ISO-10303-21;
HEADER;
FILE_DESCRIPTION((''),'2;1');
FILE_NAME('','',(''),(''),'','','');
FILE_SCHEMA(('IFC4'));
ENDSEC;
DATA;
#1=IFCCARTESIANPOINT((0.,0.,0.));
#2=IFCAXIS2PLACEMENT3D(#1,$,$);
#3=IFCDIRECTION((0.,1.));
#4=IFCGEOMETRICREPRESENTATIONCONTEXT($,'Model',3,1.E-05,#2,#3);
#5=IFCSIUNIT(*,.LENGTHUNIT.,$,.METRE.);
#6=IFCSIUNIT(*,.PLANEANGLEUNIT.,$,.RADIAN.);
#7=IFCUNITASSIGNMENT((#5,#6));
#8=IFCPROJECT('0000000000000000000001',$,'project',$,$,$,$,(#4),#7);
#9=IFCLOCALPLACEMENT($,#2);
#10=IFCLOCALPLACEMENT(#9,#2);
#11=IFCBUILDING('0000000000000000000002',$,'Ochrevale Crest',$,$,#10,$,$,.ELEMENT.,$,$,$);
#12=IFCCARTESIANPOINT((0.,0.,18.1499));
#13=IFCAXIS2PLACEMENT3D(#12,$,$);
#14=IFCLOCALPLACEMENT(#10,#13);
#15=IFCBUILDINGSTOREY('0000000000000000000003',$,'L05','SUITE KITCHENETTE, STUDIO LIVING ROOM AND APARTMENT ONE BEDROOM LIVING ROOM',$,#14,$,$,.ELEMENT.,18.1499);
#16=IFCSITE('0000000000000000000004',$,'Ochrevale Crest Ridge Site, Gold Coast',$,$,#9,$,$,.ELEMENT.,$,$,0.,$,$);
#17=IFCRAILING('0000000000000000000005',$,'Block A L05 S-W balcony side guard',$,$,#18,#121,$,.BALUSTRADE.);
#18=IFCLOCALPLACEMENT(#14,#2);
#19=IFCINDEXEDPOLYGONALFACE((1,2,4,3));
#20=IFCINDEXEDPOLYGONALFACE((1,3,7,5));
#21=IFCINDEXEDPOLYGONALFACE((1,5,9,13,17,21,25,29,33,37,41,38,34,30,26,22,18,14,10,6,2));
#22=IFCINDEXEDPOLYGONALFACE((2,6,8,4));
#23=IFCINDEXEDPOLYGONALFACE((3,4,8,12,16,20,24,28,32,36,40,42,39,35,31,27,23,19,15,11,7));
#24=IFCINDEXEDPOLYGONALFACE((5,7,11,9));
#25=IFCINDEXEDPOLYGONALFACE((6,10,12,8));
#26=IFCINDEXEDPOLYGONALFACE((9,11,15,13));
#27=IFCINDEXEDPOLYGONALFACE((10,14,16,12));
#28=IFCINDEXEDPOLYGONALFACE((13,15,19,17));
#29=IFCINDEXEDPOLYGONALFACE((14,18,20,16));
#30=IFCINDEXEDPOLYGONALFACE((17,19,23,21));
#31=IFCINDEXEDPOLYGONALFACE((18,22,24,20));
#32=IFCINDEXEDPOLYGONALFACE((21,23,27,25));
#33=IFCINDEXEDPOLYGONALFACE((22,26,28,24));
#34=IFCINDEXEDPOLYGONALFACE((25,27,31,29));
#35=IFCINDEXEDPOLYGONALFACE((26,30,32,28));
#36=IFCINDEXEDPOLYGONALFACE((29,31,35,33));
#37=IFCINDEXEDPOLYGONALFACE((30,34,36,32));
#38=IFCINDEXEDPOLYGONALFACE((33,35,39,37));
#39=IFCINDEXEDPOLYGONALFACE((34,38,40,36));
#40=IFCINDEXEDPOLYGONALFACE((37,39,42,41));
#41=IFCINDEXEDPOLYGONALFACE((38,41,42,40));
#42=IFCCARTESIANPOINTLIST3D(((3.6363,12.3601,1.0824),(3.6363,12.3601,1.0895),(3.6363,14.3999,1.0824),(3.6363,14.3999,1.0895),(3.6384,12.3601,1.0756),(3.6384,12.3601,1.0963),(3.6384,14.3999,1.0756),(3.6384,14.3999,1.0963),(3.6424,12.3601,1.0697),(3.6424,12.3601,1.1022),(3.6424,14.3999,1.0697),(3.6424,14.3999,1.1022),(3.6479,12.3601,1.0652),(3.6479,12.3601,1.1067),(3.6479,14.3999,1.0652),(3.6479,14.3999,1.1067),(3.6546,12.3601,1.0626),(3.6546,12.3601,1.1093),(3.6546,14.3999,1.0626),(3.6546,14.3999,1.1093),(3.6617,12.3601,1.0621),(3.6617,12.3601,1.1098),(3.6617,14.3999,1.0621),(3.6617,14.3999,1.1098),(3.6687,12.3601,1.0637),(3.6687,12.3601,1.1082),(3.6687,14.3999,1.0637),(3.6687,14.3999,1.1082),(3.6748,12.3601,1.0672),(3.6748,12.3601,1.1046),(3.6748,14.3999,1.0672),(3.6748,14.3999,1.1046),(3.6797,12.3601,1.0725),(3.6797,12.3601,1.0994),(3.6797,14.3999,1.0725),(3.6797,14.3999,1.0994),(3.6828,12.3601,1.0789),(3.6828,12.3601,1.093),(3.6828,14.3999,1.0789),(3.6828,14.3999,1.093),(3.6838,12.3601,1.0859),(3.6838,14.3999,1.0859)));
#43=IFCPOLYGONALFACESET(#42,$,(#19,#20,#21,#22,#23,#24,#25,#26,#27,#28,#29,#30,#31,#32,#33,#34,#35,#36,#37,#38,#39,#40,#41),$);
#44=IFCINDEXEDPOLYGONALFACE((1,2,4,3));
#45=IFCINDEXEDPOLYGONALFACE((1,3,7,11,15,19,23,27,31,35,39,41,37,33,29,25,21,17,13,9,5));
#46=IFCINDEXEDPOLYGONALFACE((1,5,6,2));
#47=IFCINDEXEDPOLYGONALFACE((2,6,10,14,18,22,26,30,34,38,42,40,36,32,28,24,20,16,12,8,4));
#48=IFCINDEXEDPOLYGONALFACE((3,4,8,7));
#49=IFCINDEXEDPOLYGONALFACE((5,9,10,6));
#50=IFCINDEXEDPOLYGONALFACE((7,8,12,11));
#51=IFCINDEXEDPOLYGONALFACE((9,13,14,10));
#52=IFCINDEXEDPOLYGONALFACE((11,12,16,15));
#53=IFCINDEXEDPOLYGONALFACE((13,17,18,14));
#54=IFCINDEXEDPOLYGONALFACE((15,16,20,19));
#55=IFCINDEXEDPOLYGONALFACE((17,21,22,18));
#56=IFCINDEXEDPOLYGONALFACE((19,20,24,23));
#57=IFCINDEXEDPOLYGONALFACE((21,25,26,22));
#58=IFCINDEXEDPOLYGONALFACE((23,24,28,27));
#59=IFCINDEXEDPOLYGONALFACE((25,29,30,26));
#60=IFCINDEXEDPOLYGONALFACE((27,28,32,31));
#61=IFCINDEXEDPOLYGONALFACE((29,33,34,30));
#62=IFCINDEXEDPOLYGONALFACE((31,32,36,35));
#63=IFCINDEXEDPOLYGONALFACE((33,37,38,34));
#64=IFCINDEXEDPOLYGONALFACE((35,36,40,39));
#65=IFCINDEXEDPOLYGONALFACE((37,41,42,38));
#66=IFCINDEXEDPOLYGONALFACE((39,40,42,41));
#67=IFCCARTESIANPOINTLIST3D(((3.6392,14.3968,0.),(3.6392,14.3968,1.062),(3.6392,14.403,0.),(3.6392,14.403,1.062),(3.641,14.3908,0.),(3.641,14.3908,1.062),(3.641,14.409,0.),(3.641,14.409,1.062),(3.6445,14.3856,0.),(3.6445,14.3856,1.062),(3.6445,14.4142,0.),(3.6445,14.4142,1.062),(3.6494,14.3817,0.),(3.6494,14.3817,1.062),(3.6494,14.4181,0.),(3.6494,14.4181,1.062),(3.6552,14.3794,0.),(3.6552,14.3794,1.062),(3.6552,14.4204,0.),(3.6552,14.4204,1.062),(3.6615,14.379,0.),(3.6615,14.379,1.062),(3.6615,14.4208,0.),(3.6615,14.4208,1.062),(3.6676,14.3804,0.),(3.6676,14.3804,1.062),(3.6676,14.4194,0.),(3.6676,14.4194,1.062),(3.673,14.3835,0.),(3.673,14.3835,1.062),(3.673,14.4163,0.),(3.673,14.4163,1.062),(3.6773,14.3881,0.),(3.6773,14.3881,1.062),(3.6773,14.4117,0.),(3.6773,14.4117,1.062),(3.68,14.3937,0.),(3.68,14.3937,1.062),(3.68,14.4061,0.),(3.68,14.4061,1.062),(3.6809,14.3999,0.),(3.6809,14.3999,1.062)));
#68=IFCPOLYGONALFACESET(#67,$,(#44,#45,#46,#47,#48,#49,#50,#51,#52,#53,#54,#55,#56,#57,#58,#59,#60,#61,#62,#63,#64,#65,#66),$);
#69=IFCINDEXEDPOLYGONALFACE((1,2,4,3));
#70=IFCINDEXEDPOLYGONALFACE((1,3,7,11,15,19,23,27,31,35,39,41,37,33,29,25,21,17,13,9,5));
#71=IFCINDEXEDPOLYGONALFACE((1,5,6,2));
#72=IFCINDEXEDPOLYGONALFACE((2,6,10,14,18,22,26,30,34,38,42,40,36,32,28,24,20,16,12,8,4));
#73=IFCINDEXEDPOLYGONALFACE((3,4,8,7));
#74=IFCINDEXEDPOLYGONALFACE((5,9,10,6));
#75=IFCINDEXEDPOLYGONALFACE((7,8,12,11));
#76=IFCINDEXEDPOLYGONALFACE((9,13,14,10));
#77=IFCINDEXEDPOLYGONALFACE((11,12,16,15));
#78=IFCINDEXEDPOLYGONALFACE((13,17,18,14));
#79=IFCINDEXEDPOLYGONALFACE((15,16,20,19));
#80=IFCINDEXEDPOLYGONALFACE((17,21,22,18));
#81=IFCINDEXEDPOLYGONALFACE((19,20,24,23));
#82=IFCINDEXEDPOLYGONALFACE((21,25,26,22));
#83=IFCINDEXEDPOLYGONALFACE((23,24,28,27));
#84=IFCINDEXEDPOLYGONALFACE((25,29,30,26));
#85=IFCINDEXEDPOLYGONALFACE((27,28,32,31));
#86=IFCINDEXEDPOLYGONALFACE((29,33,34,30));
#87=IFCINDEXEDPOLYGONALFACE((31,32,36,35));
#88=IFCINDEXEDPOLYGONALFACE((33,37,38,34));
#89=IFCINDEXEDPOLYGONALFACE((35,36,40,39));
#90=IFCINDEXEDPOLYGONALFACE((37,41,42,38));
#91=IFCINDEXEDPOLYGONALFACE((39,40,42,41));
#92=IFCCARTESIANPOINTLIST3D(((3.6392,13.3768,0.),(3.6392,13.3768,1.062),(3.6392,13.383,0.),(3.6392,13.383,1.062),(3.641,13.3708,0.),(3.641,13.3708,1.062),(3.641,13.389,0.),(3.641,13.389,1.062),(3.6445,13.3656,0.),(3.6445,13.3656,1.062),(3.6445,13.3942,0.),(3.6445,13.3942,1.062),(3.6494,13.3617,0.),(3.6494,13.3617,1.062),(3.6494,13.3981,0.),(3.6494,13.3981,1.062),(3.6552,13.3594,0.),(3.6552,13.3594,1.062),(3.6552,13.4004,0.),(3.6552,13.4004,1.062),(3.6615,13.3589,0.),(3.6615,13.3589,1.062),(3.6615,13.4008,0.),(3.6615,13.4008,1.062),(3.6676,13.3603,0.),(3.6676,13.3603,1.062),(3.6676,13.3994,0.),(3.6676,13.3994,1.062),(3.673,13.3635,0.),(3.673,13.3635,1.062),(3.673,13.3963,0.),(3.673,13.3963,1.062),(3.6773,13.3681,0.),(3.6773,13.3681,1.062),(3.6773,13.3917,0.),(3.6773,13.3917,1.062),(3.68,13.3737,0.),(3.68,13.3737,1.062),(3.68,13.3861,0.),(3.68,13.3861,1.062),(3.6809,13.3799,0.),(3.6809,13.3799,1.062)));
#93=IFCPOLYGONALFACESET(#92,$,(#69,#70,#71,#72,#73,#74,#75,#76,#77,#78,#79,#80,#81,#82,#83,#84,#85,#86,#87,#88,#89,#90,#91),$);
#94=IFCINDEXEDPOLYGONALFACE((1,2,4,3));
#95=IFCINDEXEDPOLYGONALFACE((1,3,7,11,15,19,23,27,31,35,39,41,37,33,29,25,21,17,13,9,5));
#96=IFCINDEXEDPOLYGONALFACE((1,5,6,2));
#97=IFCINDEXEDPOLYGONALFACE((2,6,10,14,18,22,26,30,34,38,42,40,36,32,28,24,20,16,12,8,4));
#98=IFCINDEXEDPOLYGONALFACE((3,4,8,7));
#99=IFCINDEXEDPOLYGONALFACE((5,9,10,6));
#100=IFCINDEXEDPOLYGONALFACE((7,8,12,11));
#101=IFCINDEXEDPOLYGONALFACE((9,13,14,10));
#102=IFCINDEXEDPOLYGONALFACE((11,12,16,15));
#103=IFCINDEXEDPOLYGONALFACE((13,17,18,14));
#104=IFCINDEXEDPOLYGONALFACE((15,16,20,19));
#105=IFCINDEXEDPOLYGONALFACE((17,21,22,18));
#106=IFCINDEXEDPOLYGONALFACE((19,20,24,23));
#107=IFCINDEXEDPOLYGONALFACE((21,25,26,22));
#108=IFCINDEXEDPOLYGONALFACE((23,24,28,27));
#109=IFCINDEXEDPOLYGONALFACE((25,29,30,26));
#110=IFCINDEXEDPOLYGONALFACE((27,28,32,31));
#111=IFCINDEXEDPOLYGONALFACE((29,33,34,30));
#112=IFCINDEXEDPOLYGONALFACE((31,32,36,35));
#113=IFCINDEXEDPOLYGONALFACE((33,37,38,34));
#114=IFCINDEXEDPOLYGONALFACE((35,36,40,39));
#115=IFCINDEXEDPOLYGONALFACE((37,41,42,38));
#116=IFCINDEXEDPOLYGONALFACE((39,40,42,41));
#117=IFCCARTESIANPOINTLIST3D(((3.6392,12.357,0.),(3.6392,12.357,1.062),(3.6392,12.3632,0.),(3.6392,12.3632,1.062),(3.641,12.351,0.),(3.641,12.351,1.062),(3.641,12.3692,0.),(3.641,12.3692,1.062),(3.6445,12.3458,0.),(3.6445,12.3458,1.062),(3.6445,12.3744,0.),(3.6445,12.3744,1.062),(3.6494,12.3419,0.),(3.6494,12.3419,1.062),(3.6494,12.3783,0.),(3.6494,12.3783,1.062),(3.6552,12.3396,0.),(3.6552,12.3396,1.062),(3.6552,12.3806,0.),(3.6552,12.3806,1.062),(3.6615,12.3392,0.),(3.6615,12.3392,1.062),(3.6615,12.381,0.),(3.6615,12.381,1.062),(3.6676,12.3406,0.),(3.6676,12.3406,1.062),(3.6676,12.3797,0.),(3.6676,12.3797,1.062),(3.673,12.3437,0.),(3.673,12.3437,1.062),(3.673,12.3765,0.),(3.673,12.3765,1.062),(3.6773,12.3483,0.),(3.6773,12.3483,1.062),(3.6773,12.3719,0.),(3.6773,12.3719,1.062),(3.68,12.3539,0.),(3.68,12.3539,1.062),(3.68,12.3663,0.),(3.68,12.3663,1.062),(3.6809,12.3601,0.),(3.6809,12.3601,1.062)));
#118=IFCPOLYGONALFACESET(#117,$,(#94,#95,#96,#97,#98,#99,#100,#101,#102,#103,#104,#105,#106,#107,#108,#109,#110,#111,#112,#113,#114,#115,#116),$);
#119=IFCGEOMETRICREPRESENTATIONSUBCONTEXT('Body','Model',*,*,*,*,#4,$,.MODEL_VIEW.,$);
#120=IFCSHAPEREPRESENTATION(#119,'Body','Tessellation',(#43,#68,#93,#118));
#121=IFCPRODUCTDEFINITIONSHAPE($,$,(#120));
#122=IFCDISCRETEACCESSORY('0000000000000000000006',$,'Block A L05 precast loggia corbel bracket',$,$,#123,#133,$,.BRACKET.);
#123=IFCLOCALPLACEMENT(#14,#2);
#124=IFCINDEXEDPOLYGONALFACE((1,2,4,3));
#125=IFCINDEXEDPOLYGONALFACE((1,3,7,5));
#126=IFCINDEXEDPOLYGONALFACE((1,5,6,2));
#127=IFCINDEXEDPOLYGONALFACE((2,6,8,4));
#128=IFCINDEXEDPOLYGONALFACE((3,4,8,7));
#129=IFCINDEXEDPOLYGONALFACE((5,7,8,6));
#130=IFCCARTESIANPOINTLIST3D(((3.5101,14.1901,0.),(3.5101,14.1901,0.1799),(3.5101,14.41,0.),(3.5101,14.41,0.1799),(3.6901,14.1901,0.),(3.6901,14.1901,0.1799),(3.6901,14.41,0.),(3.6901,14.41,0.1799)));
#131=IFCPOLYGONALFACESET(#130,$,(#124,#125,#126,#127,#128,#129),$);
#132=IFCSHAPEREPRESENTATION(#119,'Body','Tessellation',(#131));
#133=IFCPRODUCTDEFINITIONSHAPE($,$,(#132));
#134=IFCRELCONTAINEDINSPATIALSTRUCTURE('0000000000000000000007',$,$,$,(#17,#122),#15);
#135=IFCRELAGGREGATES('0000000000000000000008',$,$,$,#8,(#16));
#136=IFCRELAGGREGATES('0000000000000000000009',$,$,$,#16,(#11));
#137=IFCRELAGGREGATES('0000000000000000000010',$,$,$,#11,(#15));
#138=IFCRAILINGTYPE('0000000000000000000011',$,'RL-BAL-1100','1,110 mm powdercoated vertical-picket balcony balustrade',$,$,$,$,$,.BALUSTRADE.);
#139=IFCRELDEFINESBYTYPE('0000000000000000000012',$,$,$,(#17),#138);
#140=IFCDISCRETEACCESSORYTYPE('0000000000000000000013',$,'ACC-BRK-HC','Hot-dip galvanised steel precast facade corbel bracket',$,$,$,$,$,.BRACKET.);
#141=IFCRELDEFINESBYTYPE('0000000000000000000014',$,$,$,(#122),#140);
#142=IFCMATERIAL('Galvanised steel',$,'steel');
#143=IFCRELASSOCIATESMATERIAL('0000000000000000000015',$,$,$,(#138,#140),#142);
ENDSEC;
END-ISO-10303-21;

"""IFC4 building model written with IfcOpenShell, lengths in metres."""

from ifc_helpers import new_model, si_unit, direction, frame, origin, origin_2d, place, context, subcontext, project, spatial, rectangle, circle, extrude, material, type_object, element, save


model = new_model("IFC4")

# Units and contexts
model_context = context("Model", 3, precision=1e-05, world=origin(), true_north=direction((0.0, 1.0)))
body_context = subcontext(model_context, "Body", "Model", "MODEL_VIEW")
ifc_project = project(units=[si_unit("LENGTHUNIT", "METRE"), si_unit("PLANEANGLEUNIT", "RADIAN")], contexts=[model_context])

# Site, building, storey
site_placement = place(None, origin())
site = spatial("IfcSite", under=ifc_project, at=site_placement, Name="Ochrevale Crest Ridge Site, Gold Coast", CompositionType="ELEMENT", RefElevation=0.0)
building_placement = place(site_placement, origin())
building = spatial("IfcBuilding", under=site, at=building_placement, Name="Ochrevale Crest", CompositionType="ELEMENT")
storey_placement = place(building_placement, frame((0.0, 0.0, 18.1499)))
storey = spatial("IfcBuildingStorey", under=building, at=storey_placement, Name="L05", Description="SUITE KITCHENETTE, STUDIO LIVING ROOM AND APARTMENT ONE BEDROOM LIVING ROOM", CompositionType="ELEMENT", Elevation=18.1499)

# Railing
ifc_material_1 = material(Name="Galvanised steel", Category="steel")
railing_type = type_object("IfcRailingType", Name="RL-BAL-1100", Description="1,110 mm powdercoated vertical-picket balcony balustrade", PredefinedType="BALUSTRADE", material=ifc_material_1)
railing_placement = place(storey_placement, frame((3.6599, 14.3999, 0.0)))
element("IfcRailing", 1, at=railing_placement, inside=storey, type_object=railing_type, Name="Block A L05 S-W balcony side guard", PredefinedType="BALUSTRADE", context=body_context, shape_type="SweptSolid", body=[
    extrude(circle(Radius=0.0239, at=origin_2d()), frame((0.0, 0.0, 1.0859), z_axis=(0.0, -1.0, 0.0), x_axis=(1.0, 0.0, 0.0)), (0.0, 0.0, 1.0), 2.0398),
    extrude(circle(Radius=0.021, at=origin_2d()), origin(), (0.0, 0.0, 1.0), 1.062),
    extrude(circle(Radius=0.021, at=origin_2d()), frame((0.0, -1.02, 0.0)), (0.0, 0.0, 1.0), 1.062),
    extrude(circle(Radius=0.021, at=origin_2d()), frame((0.0, -2.0398, 0.0)), (0.0, 0.0, 1.0), 1.062),
])

# Discrete accessory
discrete_accessory_type = type_object("IfcDiscreteAccessoryType", Name="ACC-BRK-HC", Description="Hot-dip galvanised steel precast facade corbel bracket", PredefinedType="BRACKET", material=ifc_material_1)
discrete_accessory_placement = place(storey_placement, frame((3.6001, 14.3, 0.0), z_axis=(0.0, 0.0, 1.0), x_axis=(1.0, 0.0, 0.0)))
element("IfcDiscreteAccessory", 2, at=discrete_accessory_placement, inside=storey, type_object=discrete_accessory_type, Name="Block A L05 precast loggia corbel bracket", PredefinedType="BRACKET", context=body_context, shape_type="SweptSolid", body=[
    extrude(rectangle(XDim=0.1799, YDim=0.22, at=origin_2d()), origin(), (0.0, 0.0, 1.0), 0.1799),
])

save(model, "model.ifc")
